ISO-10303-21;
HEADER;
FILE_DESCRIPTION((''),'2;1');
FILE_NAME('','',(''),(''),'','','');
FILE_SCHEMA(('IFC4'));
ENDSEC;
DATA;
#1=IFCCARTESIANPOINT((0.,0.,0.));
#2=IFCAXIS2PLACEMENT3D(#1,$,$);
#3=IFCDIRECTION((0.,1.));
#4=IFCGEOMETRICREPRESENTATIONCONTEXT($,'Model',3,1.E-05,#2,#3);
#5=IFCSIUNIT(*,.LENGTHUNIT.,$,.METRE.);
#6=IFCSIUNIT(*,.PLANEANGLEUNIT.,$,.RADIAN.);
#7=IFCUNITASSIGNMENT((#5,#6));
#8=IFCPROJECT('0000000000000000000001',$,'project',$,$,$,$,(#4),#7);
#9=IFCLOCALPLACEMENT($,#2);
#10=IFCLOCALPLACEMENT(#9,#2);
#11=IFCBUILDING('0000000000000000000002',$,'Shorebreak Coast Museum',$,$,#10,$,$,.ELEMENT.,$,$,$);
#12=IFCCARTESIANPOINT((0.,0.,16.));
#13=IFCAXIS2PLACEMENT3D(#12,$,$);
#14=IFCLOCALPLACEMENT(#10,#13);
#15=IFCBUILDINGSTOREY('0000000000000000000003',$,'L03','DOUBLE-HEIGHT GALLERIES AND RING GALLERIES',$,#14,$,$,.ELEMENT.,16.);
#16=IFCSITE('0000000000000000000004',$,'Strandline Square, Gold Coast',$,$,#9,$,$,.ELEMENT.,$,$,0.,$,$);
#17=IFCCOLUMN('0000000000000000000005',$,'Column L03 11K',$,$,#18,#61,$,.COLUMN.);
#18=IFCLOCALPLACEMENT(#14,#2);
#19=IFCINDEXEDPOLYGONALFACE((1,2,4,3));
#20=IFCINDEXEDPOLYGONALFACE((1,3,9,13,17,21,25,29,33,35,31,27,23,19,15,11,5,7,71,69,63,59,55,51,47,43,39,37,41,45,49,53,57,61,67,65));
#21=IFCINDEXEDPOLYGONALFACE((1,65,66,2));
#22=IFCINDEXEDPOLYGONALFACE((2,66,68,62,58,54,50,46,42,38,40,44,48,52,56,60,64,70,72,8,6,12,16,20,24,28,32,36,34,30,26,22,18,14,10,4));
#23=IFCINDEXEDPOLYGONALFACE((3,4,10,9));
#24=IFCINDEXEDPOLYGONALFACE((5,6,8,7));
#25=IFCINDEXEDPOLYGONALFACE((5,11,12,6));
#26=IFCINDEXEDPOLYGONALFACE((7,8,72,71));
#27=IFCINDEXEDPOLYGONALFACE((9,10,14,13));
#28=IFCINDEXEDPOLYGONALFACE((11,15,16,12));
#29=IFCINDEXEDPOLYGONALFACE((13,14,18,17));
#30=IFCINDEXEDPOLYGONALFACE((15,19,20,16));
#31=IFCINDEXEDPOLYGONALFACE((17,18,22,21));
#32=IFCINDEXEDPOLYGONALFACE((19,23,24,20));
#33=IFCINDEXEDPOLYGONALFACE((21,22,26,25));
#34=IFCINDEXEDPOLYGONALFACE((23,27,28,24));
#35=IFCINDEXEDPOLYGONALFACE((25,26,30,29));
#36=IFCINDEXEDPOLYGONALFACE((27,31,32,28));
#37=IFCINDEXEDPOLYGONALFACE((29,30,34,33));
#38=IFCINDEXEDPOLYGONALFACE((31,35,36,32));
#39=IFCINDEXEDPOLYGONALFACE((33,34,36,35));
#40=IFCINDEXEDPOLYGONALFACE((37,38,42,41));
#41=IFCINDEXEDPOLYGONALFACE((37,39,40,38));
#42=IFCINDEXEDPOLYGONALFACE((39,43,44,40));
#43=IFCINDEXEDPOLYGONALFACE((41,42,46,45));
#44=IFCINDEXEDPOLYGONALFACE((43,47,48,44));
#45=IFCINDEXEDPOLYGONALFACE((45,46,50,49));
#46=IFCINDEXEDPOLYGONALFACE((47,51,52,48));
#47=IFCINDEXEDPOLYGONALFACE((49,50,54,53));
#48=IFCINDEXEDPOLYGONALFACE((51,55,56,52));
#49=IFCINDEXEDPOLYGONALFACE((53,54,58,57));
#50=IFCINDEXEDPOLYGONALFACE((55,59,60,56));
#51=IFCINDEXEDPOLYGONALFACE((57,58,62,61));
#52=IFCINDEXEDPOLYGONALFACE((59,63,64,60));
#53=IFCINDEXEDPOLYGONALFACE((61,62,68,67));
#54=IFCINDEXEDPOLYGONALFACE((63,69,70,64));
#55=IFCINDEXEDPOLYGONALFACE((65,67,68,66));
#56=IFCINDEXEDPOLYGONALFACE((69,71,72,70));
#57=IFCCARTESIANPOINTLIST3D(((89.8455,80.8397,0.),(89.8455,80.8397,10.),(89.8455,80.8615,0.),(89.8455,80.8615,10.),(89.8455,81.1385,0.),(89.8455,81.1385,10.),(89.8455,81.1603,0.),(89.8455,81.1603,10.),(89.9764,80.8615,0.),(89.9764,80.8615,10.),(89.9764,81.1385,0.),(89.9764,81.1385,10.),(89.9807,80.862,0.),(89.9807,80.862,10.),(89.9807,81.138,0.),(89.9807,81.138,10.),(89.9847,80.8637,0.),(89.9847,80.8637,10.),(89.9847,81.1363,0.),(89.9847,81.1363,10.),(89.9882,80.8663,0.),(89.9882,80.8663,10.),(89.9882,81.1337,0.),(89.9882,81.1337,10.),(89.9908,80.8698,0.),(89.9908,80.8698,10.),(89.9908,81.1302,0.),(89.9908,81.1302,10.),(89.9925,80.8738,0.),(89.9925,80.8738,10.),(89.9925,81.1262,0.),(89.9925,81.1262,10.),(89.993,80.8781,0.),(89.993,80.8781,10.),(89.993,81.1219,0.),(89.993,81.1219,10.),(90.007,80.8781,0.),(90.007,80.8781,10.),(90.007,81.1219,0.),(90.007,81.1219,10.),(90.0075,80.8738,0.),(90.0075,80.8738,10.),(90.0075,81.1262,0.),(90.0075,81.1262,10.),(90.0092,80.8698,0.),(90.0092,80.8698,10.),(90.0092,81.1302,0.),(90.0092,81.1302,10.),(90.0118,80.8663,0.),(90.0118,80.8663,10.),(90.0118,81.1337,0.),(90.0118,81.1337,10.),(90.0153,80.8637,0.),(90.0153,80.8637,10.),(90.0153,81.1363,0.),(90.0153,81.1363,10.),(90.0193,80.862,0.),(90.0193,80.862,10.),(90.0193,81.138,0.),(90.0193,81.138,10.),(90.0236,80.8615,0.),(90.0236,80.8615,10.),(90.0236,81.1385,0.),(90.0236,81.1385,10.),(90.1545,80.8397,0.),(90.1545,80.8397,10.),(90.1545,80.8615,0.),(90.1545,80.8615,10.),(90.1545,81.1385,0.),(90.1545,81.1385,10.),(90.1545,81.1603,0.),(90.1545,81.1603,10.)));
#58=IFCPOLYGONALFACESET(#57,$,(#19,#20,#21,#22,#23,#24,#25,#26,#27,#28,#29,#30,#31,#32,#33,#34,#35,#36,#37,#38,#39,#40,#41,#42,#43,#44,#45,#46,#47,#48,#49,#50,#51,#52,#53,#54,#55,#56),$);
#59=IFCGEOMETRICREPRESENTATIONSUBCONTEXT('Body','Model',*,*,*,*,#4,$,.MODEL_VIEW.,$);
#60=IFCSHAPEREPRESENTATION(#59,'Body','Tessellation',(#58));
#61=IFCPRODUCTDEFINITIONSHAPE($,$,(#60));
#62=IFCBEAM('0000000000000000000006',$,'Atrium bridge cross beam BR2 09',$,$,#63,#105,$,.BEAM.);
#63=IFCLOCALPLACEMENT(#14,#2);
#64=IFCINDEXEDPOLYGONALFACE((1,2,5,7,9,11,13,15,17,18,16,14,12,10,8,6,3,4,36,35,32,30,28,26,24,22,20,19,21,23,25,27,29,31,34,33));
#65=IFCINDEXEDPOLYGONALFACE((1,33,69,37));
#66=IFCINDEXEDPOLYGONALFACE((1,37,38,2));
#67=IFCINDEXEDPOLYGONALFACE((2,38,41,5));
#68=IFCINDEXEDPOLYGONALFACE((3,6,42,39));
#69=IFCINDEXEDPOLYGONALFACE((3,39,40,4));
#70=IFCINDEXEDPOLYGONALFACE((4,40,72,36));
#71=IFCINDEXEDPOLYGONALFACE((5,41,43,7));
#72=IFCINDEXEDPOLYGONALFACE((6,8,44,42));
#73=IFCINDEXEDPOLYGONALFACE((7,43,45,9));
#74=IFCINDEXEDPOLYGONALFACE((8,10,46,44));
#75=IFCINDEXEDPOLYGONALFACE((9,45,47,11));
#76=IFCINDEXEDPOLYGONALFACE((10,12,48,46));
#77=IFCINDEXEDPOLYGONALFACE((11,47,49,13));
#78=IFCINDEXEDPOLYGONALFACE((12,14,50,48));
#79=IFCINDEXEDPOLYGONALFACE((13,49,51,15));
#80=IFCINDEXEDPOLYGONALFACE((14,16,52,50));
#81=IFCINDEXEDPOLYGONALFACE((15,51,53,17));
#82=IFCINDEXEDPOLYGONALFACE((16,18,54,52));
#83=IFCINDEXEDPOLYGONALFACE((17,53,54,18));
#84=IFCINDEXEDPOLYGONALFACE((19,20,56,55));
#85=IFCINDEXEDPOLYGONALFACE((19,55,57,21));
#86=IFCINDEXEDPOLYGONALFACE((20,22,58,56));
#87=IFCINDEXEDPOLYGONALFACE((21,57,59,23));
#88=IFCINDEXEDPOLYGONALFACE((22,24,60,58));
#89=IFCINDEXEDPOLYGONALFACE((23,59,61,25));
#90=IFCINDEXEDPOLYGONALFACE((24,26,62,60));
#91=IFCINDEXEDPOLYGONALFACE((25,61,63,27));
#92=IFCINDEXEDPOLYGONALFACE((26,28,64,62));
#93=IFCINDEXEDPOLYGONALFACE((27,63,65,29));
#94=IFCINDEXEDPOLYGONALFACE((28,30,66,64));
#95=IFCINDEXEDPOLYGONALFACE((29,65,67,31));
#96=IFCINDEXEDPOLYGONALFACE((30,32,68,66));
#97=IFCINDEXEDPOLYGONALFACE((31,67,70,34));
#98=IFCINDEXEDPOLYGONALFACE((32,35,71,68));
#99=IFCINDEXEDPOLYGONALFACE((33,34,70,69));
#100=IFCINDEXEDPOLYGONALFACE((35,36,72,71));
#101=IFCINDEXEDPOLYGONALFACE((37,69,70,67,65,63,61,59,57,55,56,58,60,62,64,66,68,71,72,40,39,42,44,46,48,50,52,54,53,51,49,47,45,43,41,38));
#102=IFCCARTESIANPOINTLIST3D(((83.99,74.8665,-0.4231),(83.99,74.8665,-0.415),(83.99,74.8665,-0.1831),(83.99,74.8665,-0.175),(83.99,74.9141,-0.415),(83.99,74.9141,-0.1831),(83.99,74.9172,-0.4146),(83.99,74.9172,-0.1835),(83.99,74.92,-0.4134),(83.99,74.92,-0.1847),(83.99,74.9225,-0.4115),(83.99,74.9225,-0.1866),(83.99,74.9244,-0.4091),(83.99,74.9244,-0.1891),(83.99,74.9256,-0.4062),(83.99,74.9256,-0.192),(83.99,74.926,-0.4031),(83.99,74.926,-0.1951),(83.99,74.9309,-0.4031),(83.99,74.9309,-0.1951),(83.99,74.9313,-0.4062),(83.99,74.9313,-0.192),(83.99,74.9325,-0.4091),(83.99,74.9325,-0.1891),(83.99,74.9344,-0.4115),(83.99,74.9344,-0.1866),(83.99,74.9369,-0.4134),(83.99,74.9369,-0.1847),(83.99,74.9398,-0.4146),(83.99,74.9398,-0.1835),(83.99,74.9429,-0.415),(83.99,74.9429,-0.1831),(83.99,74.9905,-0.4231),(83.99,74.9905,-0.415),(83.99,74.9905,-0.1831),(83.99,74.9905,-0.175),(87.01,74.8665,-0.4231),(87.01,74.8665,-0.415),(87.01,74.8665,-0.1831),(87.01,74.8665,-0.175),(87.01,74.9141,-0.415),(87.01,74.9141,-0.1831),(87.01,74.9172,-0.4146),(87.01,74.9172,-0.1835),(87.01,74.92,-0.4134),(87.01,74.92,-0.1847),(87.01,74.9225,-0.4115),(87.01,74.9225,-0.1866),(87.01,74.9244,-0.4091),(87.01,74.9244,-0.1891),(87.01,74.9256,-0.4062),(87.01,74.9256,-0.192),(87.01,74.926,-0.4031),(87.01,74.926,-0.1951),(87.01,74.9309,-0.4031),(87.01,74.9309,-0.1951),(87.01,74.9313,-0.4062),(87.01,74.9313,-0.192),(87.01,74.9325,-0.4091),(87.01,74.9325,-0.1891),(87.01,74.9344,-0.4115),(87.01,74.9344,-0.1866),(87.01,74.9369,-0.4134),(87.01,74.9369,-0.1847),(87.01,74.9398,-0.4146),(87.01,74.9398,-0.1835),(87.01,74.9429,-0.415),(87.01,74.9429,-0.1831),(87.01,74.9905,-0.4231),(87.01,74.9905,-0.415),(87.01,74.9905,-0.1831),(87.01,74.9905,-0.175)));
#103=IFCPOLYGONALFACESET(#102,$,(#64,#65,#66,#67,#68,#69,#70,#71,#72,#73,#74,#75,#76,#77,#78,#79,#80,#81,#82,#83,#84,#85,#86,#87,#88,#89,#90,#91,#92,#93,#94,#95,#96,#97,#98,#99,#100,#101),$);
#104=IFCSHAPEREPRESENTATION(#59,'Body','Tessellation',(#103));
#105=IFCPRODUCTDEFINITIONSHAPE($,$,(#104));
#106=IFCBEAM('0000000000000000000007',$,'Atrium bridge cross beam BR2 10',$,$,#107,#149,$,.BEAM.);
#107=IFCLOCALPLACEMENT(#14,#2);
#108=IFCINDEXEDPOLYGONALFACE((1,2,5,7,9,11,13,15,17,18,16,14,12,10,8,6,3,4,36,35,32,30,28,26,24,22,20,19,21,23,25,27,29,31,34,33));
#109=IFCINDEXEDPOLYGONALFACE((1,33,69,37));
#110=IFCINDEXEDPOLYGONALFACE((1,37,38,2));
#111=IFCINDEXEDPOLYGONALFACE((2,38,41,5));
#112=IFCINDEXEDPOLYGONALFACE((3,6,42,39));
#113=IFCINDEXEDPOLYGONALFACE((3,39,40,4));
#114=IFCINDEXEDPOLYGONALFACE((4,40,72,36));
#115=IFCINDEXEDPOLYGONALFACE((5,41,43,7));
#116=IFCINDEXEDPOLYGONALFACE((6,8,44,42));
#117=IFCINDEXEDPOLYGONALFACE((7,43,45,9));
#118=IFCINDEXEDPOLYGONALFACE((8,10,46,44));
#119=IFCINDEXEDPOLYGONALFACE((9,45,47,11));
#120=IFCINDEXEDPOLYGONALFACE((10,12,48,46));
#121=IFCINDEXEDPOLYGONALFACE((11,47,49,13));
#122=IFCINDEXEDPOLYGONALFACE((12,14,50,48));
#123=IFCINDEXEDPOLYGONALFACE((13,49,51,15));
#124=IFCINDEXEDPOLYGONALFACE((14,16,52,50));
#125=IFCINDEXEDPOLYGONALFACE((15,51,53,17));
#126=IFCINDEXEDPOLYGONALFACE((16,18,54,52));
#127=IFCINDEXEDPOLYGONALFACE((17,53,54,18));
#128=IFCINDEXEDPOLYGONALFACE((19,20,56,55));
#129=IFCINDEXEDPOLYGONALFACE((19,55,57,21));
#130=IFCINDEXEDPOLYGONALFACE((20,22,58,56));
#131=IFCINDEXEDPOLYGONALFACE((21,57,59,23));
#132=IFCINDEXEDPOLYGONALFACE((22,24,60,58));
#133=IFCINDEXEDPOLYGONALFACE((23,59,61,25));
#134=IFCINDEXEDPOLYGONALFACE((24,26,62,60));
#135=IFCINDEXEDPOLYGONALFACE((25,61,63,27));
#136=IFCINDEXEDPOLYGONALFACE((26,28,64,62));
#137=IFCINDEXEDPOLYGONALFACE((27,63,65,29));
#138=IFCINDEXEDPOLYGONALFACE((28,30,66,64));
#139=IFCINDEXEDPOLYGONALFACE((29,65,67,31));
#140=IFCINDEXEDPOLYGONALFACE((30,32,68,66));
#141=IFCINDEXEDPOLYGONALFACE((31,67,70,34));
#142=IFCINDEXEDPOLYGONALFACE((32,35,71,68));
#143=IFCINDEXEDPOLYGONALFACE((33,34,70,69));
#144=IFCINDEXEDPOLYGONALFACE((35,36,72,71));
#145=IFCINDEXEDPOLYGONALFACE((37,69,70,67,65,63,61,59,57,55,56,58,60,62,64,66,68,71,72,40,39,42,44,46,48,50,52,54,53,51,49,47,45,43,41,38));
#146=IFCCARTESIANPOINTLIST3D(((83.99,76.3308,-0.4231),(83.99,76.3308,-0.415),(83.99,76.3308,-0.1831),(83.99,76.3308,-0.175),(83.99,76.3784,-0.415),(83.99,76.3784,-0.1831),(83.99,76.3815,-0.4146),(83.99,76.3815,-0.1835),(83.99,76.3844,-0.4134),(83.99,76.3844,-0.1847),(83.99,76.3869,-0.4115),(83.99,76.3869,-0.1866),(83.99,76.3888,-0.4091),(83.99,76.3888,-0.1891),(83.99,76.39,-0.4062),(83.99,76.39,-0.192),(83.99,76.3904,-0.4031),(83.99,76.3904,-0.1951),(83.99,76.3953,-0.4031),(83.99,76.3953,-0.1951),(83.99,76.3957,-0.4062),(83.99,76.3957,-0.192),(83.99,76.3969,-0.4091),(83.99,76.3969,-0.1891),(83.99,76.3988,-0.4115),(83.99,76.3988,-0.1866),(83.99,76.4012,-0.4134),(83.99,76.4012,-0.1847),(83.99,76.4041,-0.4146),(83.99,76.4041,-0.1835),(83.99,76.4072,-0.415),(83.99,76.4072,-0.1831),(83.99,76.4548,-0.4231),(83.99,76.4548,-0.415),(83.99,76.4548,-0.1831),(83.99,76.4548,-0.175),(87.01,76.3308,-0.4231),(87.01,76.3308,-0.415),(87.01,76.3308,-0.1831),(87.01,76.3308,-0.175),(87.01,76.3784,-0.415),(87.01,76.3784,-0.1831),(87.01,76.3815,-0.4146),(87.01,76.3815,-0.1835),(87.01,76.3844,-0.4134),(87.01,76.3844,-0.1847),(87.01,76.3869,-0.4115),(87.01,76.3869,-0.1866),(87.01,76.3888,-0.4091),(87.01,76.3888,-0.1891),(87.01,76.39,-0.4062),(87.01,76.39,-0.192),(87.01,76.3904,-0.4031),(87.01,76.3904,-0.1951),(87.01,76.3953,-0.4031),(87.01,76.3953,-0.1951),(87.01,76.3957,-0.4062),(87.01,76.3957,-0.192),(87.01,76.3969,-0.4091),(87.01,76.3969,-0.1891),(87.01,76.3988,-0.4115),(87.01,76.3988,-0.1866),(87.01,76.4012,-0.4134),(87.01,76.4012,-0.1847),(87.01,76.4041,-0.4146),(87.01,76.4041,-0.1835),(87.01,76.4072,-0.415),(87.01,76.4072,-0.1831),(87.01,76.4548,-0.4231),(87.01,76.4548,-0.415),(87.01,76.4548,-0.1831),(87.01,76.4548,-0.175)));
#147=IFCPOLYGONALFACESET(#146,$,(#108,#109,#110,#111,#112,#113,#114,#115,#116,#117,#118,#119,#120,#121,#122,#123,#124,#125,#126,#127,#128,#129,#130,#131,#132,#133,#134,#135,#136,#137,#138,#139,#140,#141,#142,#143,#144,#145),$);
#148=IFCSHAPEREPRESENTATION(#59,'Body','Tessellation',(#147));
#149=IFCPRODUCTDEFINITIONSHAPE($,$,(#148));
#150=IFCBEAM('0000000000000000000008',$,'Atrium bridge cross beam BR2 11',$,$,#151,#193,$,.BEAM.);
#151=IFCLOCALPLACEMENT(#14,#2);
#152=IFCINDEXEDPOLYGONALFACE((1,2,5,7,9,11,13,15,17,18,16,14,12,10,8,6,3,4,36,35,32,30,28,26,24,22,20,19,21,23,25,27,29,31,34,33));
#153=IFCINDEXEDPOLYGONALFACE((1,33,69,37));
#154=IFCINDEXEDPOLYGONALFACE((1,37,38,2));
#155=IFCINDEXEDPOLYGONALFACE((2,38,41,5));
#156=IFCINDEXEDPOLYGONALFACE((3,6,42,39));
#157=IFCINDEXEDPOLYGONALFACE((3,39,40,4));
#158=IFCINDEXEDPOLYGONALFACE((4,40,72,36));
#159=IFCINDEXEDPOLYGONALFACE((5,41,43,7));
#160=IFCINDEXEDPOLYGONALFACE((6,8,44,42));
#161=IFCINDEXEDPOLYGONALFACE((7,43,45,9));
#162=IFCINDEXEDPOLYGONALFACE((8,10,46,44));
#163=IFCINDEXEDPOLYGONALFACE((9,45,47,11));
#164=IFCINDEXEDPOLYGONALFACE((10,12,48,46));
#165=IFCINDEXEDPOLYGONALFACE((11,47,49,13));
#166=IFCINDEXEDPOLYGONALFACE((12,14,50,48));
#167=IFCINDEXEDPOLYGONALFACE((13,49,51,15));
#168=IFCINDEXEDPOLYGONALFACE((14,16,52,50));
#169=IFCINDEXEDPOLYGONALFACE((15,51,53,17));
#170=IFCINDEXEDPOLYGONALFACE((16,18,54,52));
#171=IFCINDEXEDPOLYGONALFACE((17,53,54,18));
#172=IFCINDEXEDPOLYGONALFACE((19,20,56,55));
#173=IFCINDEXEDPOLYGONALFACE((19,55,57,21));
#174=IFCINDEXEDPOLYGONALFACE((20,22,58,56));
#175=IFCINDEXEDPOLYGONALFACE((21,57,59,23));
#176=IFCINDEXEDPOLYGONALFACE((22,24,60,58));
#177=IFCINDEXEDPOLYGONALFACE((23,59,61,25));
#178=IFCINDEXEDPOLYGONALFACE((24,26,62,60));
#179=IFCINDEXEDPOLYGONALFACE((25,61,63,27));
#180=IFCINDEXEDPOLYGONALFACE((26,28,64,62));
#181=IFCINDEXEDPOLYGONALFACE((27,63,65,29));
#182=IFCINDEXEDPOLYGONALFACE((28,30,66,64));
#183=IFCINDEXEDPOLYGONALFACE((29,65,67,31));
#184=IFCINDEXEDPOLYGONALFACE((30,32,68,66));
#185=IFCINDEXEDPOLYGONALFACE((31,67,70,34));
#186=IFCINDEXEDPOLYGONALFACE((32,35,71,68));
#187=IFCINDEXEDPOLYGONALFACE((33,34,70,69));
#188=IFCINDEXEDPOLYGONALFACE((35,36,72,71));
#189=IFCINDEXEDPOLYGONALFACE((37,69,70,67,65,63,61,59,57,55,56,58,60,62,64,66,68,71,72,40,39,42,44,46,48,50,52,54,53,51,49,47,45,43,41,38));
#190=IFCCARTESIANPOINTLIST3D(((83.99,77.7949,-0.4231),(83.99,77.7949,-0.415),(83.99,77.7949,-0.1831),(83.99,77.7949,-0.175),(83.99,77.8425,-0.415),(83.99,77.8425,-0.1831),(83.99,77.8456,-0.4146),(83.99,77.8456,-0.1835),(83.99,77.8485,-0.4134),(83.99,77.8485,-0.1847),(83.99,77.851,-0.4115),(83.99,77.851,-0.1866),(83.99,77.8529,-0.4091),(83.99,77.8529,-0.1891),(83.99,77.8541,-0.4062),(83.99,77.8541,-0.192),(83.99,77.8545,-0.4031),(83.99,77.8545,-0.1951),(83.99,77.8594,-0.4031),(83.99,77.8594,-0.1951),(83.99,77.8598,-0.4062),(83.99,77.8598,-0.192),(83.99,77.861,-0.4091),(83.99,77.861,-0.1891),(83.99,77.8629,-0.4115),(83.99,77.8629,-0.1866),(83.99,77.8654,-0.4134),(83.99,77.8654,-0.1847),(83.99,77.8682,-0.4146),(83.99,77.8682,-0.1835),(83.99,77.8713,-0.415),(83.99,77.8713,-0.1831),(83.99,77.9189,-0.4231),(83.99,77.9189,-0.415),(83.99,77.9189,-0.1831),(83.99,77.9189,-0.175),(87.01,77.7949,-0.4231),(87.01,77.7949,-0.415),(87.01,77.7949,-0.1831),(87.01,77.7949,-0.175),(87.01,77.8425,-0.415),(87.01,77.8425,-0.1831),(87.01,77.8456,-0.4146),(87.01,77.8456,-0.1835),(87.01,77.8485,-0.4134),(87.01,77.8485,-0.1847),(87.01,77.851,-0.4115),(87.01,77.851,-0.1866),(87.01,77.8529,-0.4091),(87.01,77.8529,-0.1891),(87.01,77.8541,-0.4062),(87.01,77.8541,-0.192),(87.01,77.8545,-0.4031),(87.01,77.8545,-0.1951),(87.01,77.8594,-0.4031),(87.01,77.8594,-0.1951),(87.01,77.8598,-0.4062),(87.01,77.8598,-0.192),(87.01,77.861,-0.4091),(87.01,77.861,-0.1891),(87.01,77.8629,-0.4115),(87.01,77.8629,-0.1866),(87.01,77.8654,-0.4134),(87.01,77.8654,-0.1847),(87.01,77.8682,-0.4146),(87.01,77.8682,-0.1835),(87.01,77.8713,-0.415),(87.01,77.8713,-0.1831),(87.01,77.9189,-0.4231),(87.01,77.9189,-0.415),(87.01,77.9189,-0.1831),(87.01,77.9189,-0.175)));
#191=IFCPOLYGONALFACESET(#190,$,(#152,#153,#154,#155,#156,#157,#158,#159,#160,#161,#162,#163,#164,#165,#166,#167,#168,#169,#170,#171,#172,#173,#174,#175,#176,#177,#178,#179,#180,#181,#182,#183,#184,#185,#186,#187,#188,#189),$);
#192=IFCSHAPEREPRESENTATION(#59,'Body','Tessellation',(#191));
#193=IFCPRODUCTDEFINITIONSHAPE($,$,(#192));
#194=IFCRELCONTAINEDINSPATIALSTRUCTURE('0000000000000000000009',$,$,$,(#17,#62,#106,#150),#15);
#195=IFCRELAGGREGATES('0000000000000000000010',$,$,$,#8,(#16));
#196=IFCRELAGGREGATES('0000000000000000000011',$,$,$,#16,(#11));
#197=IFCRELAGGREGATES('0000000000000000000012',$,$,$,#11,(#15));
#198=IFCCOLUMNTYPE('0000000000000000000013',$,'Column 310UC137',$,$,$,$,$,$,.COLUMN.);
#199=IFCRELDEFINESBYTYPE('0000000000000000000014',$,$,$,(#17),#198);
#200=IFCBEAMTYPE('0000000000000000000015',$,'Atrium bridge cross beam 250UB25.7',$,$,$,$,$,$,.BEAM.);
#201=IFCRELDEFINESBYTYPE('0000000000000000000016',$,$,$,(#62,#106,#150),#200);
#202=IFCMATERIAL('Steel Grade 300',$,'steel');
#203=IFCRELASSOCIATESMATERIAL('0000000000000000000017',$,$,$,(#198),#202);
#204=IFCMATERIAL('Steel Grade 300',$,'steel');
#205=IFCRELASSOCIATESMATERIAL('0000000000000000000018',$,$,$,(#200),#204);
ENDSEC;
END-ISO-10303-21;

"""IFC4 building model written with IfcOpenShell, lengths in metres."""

from ifc_helpers import new_model, si_unit, direction, frame, origin, origin_2d, place, context, subcontext, project, spatial, i_section, extrude, material, material_profile, profile_set, type_object, element, save


model = new_model("IFC4")

# Units and contexts
model_context = context("Model", 3, precision=1e-05, world=origin(), true_north=direction((0.0, 1.0)))
body_context = subcontext(model_context, "Body", "Model", "MODEL_VIEW")
ifc_project = project(units=[si_unit("LENGTHUNIT", "METRE"), si_unit("PLANEANGLEUNIT", "RADIAN")], contexts=[model_context])

# Site, building, storey
site_placement = place(None, origin())
site = spatial("IfcSite", under=ifc_project, at=site_placement, Name="Strandline Square, Gold Coast", CompositionType="ELEMENT", RefElevation=0.0)
building_placement = place(site_placement, origin())
building = spatial("IfcBuilding", under=site, at=building_placement, Name="Shorebreak Coast Museum", CompositionType="ELEMENT")
storey_placement = place(building_placement, frame((0.0, 0.0, 16.0)))
storey = spatial("IfcBuildingStorey", under=building, at=storey_placement, Name="L03", Description="DOUBLE-HEIGHT GALLERIES AND RING GALLERIES", CompositionType="ELEMENT", Elevation=16.0)

# Column
ifc_material_1 = material(Name="Steel Grade 300", Category="steel")
ifc_material_profile_1 = material_profile(ifc_material_1, i_section(OverallWidth=0.3091, OverallDepth=0.3206, WebThickness=0.0139, FlangeThickness=0.0217, FilletRadius=0.0166, at=origin_2d()), Name="310UC137")
ifc_profile_set_1 = profile_set([ifc_material_profile_1], Name="Steel Grade 300")
column_type = type_object("IfcColumnType", Name="Column 310UC137", PredefinedType="COLUMN", material=ifc_profile_set_1)
column_placement = place(storey_placement, frame((90.0, 81.0, 0.0), z_axis=(0.0, 0.0, 1.0), x_axis=(1.0, 0.0, 0.0)))
element("IfcColumn", 1, at=column_placement, inside=storey, type_object=column_type, Name="Column L03 11K", PredefinedType="COLUMN", context=body_context, shape_type="SweptSolid", body=[
    extrude(i_section(OverallWidth=0.3091, OverallDepth=0.3206, WebThickness=0.0139, FlangeThickness=0.0217, FilletRadius=0.0166, at=origin_2d()), origin(), (0.0, 0.0, 1.0), 10.0),
])

# Beams
ifc_material_2 = material(Name="Steel Grade 300", Category="steel")
ifc_material_profile_2 = material_profile(ifc_material_2, i_section(OverallWidth=0.124, OverallDepth=0.248, WebThickness=0.0049, FlangeThickness=0.0081, FilletRadius=0.012, at=origin_2d()), Name="250UB25.7")
ifc_profile_set_2 = profile_set([ifc_material_profile_2], Name="Steel Grade 300")
beam_type = type_object("IfcBeamType", Name="Atrium bridge cross beam 250UB25.7", PredefinedType="BEAM", material=ifc_profile_set_2)
for number, where, z_axis, x_axis, name in (
    (2, (87.01, 74.9285, -0.2991), (-1.0, 0.0, 0.0), (0.0, -1.0, 0.0), "Atrium bridge cross beam BR2 09"),
    (3, (87.01, 76.3928, -0.2991), (-1.0, 0.0, 0.0), (0.0, -1.0, 0.0), "Atrium bridge cross beam BR2 10"),
    (4, (87.01, 77.8569, -0.2991), (-1.0, 0.0, 0.0), (0.0, -1.0, 0.0), "Atrium bridge cross beam BR2 11"),
):
    element("IfcBeam", number, at=place(storey_placement, frame(where, z_axis=z_axis, x_axis=x_axis)), inside=storey, type_object=beam_type, Name=name, PredefinedType="BEAM", context=body_context, shape_type="SweptSolid", body=[
        extrude(i_section(OverallWidth=0.124, OverallDepth=0.248, WebThickness=0.0049, FlangeThickness=0.0081, FilletRadius=0.012, at=origin_2d()), origin(), (0.0, 0.0, 1.0), 3.02),
    ])

save(model, "model.ifc")
